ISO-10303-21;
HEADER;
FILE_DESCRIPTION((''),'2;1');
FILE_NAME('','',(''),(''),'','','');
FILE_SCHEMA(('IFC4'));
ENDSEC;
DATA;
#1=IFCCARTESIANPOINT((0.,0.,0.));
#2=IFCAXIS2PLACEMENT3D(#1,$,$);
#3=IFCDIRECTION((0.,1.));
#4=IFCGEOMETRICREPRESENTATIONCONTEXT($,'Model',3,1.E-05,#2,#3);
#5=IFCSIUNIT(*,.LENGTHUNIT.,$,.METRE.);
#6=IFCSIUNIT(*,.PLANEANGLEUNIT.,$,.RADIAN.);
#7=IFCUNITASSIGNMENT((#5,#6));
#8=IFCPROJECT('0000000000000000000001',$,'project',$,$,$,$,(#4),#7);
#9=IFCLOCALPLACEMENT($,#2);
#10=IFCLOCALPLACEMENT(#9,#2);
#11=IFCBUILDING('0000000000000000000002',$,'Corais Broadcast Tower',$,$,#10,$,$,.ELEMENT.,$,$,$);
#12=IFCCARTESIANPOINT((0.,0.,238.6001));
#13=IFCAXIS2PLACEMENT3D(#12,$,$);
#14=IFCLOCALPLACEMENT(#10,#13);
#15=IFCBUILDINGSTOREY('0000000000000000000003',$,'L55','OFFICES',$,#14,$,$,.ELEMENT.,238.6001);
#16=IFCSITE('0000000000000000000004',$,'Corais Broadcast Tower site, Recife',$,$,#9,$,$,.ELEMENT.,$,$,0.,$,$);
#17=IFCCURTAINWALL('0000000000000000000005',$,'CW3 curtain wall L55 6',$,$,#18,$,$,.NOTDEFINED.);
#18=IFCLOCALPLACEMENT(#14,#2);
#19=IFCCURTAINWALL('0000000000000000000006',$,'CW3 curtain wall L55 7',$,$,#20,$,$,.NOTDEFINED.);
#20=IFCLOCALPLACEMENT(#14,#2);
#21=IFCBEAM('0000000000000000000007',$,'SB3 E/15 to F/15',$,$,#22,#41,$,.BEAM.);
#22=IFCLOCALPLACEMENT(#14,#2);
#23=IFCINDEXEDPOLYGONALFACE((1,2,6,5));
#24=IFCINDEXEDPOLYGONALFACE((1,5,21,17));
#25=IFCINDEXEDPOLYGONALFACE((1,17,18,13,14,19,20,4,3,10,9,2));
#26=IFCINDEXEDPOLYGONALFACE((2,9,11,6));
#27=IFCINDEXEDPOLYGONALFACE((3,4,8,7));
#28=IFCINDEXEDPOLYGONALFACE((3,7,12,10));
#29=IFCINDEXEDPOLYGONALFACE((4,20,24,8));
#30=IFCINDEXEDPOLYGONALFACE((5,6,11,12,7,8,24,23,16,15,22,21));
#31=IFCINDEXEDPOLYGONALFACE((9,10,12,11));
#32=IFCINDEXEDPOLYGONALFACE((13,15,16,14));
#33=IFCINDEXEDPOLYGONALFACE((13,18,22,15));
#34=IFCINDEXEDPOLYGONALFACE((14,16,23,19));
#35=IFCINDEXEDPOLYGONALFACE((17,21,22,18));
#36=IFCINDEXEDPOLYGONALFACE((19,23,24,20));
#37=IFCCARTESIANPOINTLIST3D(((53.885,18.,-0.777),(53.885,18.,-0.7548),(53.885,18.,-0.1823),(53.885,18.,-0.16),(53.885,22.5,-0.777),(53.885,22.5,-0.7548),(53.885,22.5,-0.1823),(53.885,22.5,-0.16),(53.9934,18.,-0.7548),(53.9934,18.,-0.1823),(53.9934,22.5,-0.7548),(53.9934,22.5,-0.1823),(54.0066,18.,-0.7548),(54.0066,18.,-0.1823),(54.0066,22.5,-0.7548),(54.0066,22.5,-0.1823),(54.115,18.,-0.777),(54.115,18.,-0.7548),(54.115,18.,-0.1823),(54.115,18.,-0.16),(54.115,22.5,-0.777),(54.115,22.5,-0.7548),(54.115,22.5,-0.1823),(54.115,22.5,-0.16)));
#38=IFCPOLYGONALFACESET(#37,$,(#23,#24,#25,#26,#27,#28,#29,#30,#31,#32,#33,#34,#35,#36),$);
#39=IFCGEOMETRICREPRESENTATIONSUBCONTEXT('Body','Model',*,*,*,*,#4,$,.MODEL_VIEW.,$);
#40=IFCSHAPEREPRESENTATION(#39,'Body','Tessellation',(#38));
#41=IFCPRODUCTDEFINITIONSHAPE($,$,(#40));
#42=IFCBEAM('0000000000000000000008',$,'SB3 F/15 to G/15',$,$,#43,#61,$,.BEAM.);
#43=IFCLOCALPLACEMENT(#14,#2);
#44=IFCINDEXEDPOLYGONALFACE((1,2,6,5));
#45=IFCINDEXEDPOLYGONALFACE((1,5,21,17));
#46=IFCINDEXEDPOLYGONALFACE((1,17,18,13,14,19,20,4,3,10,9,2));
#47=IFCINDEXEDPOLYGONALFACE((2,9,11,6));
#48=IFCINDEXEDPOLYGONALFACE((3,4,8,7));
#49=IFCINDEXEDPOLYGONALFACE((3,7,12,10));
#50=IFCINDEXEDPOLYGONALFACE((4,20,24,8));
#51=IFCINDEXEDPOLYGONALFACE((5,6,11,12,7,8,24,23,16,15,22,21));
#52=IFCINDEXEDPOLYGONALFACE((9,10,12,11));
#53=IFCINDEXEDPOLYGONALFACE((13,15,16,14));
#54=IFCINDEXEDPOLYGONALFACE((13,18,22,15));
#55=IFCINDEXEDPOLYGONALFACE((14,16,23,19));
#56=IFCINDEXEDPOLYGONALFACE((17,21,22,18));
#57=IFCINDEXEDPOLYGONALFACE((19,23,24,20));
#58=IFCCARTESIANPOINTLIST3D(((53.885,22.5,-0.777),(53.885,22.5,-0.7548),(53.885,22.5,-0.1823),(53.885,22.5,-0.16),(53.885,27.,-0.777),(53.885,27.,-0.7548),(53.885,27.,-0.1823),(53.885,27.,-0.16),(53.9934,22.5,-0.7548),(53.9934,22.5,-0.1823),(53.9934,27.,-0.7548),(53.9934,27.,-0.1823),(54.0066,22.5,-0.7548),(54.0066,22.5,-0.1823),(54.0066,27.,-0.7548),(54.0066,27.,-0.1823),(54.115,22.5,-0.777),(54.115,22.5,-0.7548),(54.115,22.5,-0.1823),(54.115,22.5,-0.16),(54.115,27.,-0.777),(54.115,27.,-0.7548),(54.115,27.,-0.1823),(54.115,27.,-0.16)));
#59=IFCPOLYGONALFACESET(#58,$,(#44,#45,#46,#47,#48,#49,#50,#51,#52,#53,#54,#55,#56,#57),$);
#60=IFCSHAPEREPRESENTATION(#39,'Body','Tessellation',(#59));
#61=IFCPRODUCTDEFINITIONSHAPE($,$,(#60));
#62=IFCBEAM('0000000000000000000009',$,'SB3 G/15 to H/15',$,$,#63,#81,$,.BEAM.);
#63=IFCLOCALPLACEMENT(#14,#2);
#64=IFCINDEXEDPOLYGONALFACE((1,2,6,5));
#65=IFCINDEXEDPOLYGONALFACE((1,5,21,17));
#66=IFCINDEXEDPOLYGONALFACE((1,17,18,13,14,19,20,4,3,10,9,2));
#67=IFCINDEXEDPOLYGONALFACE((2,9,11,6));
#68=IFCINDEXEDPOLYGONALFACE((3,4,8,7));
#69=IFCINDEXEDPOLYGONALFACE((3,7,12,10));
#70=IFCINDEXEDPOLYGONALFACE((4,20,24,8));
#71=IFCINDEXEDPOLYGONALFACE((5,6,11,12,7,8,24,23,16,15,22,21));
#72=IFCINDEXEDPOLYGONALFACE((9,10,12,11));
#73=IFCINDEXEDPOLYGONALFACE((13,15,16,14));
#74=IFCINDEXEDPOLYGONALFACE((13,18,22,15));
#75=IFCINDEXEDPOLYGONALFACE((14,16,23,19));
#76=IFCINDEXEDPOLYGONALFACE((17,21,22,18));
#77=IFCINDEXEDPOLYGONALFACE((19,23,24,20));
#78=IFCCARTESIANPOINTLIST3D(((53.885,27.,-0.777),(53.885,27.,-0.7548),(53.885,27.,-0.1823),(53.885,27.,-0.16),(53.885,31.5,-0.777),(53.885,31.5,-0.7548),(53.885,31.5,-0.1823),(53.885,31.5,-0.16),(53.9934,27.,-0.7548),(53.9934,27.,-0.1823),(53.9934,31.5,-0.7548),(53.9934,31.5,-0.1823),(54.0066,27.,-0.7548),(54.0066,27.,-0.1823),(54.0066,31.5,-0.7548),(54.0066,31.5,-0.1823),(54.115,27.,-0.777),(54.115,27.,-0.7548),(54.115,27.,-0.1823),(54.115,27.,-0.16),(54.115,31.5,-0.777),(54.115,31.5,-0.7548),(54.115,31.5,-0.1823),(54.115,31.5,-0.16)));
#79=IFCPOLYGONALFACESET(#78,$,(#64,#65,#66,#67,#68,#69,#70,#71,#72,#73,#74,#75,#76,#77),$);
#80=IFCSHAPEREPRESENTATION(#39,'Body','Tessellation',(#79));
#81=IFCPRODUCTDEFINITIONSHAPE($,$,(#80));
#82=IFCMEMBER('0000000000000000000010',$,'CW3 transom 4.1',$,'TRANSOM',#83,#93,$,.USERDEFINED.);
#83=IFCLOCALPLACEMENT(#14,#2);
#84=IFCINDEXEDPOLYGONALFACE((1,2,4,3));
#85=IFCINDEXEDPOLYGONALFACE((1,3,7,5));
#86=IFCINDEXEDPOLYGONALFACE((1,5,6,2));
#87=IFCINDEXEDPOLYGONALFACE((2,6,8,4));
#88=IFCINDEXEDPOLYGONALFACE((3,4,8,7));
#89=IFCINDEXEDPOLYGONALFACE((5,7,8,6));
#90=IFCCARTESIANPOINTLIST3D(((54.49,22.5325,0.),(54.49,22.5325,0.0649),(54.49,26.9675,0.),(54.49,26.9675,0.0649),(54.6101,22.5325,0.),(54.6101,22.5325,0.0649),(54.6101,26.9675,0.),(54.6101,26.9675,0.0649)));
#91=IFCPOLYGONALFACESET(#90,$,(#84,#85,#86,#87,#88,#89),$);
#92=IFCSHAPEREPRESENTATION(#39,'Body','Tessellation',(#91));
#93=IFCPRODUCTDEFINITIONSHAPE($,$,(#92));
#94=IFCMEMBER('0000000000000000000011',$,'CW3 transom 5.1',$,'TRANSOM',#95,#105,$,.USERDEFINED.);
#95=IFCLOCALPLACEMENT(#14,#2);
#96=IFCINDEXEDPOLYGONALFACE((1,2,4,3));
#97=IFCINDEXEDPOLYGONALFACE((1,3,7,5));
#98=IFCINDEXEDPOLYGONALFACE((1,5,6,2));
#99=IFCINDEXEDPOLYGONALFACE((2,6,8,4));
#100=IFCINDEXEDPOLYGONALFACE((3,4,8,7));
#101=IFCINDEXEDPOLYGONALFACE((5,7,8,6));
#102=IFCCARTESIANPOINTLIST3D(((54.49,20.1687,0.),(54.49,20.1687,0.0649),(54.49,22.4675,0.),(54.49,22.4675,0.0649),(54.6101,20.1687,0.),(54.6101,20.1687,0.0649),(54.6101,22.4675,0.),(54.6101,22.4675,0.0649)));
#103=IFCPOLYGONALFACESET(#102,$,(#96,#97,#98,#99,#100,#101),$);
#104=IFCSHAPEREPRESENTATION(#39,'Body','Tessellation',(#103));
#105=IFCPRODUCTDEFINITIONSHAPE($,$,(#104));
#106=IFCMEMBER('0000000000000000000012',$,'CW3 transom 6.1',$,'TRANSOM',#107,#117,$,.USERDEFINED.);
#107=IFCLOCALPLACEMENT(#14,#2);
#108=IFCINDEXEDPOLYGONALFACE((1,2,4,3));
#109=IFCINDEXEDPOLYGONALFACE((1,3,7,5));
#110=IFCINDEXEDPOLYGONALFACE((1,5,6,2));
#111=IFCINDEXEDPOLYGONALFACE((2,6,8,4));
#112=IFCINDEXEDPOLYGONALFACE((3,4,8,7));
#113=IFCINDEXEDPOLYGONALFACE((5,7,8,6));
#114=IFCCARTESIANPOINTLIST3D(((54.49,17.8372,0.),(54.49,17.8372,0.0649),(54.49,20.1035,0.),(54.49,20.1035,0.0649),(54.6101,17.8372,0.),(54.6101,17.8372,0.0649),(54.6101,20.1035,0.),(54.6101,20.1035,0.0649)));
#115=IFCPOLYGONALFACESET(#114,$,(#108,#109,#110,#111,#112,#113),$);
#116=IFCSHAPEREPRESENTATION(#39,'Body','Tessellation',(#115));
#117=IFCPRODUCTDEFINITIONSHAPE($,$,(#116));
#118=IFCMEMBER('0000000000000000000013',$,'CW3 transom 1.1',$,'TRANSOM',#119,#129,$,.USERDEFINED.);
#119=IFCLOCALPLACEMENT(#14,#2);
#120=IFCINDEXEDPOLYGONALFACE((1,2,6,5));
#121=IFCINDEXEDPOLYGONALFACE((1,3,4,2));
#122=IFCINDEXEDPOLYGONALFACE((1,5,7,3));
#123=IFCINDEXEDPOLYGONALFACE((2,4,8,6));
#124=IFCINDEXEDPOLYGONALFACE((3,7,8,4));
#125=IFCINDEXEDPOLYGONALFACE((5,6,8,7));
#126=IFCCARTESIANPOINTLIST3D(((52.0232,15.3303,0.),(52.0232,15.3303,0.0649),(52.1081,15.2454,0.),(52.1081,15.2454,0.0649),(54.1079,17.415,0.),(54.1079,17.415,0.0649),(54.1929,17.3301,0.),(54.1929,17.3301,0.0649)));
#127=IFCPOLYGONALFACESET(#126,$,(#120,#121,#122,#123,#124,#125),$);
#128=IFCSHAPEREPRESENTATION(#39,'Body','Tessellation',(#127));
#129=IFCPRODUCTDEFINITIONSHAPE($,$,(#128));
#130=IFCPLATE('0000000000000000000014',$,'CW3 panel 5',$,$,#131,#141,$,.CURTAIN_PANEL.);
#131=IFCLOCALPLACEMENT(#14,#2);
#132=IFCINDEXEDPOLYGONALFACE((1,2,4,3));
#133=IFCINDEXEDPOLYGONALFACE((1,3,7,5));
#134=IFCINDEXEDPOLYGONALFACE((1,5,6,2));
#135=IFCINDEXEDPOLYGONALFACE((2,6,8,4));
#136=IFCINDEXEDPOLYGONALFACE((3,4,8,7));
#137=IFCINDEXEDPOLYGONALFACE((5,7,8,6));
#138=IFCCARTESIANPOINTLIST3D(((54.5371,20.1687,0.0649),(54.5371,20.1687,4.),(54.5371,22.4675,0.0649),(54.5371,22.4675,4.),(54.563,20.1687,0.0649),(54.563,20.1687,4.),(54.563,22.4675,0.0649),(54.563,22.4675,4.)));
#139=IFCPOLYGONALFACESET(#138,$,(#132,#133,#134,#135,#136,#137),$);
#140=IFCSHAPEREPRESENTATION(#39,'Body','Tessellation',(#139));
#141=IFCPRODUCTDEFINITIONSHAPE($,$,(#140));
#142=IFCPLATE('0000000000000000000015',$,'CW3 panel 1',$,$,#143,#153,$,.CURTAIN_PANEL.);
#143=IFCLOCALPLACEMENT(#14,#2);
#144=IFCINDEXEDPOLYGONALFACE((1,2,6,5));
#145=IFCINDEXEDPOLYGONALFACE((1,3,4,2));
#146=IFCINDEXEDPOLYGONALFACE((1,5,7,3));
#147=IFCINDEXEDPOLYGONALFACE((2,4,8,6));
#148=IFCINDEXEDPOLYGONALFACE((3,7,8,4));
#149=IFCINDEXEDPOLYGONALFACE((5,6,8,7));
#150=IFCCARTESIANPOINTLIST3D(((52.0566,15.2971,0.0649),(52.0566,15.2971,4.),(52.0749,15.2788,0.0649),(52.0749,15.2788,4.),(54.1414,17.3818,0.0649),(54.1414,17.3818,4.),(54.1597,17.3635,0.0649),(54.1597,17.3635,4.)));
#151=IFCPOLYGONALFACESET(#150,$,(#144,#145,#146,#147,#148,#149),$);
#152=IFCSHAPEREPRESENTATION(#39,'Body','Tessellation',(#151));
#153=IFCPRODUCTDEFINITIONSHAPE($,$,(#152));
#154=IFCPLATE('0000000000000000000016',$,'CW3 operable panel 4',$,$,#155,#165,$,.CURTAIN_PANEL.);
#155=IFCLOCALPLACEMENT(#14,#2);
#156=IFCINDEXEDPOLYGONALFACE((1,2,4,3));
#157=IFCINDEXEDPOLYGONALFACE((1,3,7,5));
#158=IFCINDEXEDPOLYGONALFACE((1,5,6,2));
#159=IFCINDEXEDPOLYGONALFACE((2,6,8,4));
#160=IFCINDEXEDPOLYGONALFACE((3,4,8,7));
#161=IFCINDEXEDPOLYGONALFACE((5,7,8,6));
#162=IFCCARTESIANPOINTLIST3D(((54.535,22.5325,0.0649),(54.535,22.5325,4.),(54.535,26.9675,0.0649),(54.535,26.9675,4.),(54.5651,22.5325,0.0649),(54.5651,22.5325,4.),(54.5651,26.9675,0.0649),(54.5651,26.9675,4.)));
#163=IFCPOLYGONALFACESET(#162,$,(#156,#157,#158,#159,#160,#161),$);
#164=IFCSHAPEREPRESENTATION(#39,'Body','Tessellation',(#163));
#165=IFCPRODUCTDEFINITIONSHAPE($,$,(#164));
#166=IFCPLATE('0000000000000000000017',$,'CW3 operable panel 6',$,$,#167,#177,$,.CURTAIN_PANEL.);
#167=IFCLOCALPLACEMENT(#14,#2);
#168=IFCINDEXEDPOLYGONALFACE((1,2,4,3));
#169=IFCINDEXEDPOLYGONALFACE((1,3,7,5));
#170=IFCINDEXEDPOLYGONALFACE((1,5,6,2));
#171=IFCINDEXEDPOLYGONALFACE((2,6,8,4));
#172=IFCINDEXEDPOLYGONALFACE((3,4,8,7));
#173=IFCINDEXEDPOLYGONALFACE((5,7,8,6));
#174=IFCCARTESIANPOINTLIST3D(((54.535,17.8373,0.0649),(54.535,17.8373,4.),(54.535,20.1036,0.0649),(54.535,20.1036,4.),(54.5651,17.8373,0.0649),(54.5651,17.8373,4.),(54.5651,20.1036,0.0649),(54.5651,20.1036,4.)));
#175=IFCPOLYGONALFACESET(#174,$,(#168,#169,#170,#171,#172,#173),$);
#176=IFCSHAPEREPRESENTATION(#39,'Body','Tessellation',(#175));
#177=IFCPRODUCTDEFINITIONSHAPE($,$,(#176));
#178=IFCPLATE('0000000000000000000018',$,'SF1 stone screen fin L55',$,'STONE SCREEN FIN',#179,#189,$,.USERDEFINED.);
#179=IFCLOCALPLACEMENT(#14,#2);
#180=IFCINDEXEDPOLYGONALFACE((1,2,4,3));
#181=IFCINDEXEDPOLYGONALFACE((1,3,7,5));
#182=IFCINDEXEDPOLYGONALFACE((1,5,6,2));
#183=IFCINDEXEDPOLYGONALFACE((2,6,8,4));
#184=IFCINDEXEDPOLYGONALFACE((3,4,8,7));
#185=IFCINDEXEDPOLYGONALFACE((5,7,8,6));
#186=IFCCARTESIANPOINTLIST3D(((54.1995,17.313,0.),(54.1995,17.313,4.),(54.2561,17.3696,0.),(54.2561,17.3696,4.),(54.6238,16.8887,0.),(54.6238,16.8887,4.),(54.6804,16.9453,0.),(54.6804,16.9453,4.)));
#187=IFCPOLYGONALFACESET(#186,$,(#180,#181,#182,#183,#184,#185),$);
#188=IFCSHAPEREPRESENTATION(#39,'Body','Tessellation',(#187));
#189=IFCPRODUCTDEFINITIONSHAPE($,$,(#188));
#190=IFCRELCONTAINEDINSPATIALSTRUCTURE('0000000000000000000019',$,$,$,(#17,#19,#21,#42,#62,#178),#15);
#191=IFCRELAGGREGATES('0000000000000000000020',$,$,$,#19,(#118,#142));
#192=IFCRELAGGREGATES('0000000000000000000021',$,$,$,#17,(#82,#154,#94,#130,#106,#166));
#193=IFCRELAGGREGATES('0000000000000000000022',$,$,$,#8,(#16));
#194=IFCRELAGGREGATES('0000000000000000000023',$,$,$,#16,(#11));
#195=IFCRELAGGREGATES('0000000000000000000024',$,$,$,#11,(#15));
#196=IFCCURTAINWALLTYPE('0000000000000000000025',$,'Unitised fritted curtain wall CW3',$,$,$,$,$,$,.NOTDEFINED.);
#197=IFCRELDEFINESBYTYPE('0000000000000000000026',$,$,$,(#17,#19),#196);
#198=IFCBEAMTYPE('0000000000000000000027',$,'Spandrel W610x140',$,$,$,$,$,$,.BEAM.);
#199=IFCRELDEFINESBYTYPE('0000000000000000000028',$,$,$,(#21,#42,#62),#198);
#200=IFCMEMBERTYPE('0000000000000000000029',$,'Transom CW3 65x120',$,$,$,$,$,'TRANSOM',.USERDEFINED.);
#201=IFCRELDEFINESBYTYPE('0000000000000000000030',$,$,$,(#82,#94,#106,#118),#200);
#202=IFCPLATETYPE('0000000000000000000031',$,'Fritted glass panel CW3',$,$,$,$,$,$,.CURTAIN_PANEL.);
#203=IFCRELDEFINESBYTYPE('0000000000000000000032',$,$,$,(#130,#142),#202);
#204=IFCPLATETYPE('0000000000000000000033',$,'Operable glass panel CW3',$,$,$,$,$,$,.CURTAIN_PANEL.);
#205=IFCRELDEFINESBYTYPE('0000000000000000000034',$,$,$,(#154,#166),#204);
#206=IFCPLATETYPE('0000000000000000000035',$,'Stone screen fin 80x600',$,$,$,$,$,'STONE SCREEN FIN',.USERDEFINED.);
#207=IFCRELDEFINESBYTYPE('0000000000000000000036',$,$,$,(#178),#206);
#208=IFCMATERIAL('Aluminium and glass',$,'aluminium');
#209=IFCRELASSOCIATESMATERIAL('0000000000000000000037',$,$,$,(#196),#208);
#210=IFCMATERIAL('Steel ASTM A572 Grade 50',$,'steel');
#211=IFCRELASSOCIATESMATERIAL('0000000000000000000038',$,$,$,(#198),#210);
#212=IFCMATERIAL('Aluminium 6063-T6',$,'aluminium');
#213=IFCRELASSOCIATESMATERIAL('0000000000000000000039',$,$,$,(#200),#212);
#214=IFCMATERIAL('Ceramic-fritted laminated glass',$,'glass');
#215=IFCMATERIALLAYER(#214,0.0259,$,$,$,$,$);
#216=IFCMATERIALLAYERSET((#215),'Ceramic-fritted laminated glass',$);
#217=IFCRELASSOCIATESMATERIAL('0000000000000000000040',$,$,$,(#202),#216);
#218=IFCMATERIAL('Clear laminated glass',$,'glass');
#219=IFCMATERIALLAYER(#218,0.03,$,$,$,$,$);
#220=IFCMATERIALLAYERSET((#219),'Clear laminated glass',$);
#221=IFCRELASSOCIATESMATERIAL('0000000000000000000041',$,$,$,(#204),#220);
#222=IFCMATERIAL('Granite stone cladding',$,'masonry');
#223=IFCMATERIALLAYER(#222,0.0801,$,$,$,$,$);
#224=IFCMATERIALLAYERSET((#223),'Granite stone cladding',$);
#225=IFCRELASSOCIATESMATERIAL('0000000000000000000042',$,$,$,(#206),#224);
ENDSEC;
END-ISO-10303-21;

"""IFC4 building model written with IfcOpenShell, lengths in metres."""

from ifc_helpers import new_model, si_unit, direction, frame, origin, origin_2d, place, context, subcontext, project, spatial, rectangle, i_section, extrude, material, layer, layer_set, material_profile, profile_set, type_object, element, aggregate, save


model = new_model("IFC4")

# Units and contexts
model_context = context("Model", 3, precision=1e-05, world=origin(), true_north=direction((0.0, 1.0)))
body_context = subcontext(model_context, "Body", "Model", "MODEL_VIEW")
ifc_project = project(units=[si_unit("LENGTHUNIT", "METRE"), si_unit("PLANEANGLEUNIT", "RADIAN")], contexts=[model_context])

# Site, building, storey
site_placement = place(None, origin())
site = spatial("IfcSite", under=ifc_project, at=site_placement, Name="Corais Broadcast Tower site, Recife", CompositionType="ELEMENT", RefElevation=0.0)
building_placement = place(site_placement, origin())
building = spatial("IfcBuilding", under=site, at=building_placement, Name="Corais Broadcast Tower", CompositionType="ELEMENT")
storey_placement = place(building_placement, frame((0.0, 0.0, 238.6001)))
storey = spatial("IfcBuildingStorey", under=building, at=storey_placement, Name="L55", Description="OFFICES", CompositionType="ELEMENT", Elevation=238.6001)

# Curtain walls
ifc_material_1 = material(Name="Aluminium and glass", Category="aluminium")
curtain_wall_type = type_object("IfcCurtainWallType", Name="Unitised fritted curtain wall CW3", PredefinedType="NOTDEFINED", material=ifc_material_1)
curtain_wall_1_placement = place(storey_placement, origin())
curtain_wall_1 = element("IfcCurtainWall", 1, at=curtain_wall_1_placement, inside=storey, type_object=curtain_wall_type, Name="CW3 curtain wall L55 6", PredefinedType="NOTDEFINED")
curtain_wall_2_placement = place(storey_placement, origin())
curtain_wall_2 = element("IfcCurtainWall", 2, at=curtain_wall_2_placement, inside=storey, type_object=curtain_wall_type, Name="CW3 curtain wall L55 7", PredefinedType="NOTDEFINED")

# Beams
ifc_material_2 = material(Name="Steel ASTM A572 Grade 50", Category="steel")
ifc_material_profile_1 = material_profile(ifc_material_2, i_section(OverallWidth=0.23, OverallDepth=0.6169, WebThickness=0.0132, FlangeThickness=0.0222, at=origin_2d()), Name="W610x140")
ifc_profile_set_1 = profile_set([ifc_material_profile_1], Name="Steel ASTM A572 Grade 50")
beam_type_1 = type_object("IfcBeamType", Name="Spandrel W610x140", PredefinedType="BEAM", material=ifc_profile_set_1)
for number, where, z_axis, x_axis, name in (
    (3, (54.0, 18.0, -0.4685), (0.0, 1.0, 0.0), (-1.0, 0.0, 0.0), "SB3 E/15 to F/15"),
    (4, (54.0, 22.5, -0.4685), (0.0, 1.0, 0.0), (-1.0, 0.0, 0.0), "SB3 F/15 to G/15"),
    (5, (54.0, 27.0, -0.4685), (0.0, 1.0, 0.0), (-1.0, 0.0, 0.0), "SB3 G/15 to H/15"),
):
    element("IfcBeam", number, at=place(storey_placement, frame(where, z_axis=z_axis, x_axis=x_axis)), inside=storey, type_object=beam_type_1, Name=name, PredefinedType="BEAM", context=body_context, shape_type="SweptSolid", body=[
        extrude(i_section(OverallWidth=0.23, OverallDepth=0.6169, WebThickness=0.0132, FlangeThickness=0.0222, at=origin_2d()), origin(), (0.0, 0.0, 1.0), 4.5),
    ])

# Members
ifc_material_3 = material(Name="Aluminium 6063-T6", Category="aluminium")
ifc_material_profile_2 = material_profile(ifc_material_3, rectangle(XDim=0.1201, YDim=0.0649, at=origin_2d()), Name="Transom CW3 65x120")
ifc_profile_set_2 = profile_set([ifc_material_profile_2], Name="Aluminium 6063-T6")
member_type_1 = type_object("IfcMemberType", Name="Transom CW3 65x120", ElementType="TRANSOM", PredefinedType="USERDEFINED", material=ifc_profile_set_2)
member_1_placement = place(storey_placement, frame((54.55, 26.9675, 0.0325), z_axis=(0.0, -1.0, 0.0), x_axis=(1.0, 0.0, 0.0)))
member_1 = element("IfcMember", 6, at=member_1_placement, type_object=member_type_1, Name="CW3 transom 4.1", ObjectType="TRANSOM", PredefinedType="USERDEFINED", context=body_context, shape_type="SweptSolid", body=[
    extrude(rectangle(XDim=0.1201, YDim=0.0649, at=origin_2d()), origin(), (0.0, 0.0, 1.0), 4.4351),
])
member_2_placement = place(storey_placement, frame((54.55, 22.4675, 0.0325), z_axis=(0.0, -1.0, 0.0), x_axis=(1.0, 0.0, 0.0)))
member_2 = element("IfcMember", 7, at=member_2_placement, type_object=member_type_1, Name="CW3 transom 5.1", ObjectType="TRANSOM", PredefinedType="USERDEFINED", context=body_context, shape_type="SweptSolid", body=[
    extrude(rectangle(XDim=0.1201, YDim=0.0649, at=origin_2d()), origin(), (0.0, 0.0, 1.0), 2.2988),
])
member_3_placement = place(storey_placement, frame((54.55, 20.1035, 0.0325), z_axis=(0.0, -1.0, 0.0), x_axis=(1.0, 0.0, 0.0)))
member_3 = element("IfcMember", 8, at=member_3_placement, type_object=member_type_1, Name="CW3 transom 6.1", ObjectType="TRANSOM", PredefinedType="USERDEFINED", context=body_context, shape_type="SweptSolid", body=[
    extrude(rectangle(XDim=0.1201, YDim=0.0649, at=origin_2d()), origin(), (0.0, 0.0, 1.0), 2.2664),
])
member_4_placement = place(storey_placement, frame((54.1504, 17.3726, 0.0325), z_axis=(-0.707107, -0.707107, 0.0), x_axis=(0.707107, -0.707107, 0.0)))
member_4 = element("IfcMember", 9, at=member_4_placement, type_object=member_type_1, Name="CW3 transom 1.1", ObjectType="TRANSOM", PredefinedType="USERDEFINED", context=body_context, shape_type="SweptSolid", body=[
    extrude(rectangle(XDim=0.1201, YDim=0.0649, at=origin_2d()), origin(), (0.0, 0.0, 1.0), 2.9482),
])

# Plates
ifc_material_4 = material(Name="Ceramic-fritted laminated glass", Category="glass")
ifc_layer_1 = layer(ifc_material_4, 0.0259)
ifc_layer_set_1 = layer_set([ifc_layer_1], Name="Ceramic-fritted laminated glass")
plate_type_1 = type_object("IfcPlateType", Name="Fritted glass panel CW3", PredefinedType="CURTAIN_PANEL", material=ifc_layer_set_1)
plate_1_placement = place(storey_placement, frame((54.55, 21.3181, 0.0649), z_axis=(0.0, 0.0, 1.0), x_axis=(0.0, -1.0, 0.0)))
plate_1 = element("IfcPlate", 10, at=plate_1_placement, type_object=plate_type_1, Name="CW3 panel 5", PredefinedType="CURTAIN_PANEL", context=body_context, shape_type="SweptSolid", body=[
    extrude(rectangle(XDim=2.2988, YDim=0.0259, at=origin_2d()), origin(), (0.0, 0.0, 1.0), 3.9351),
])
plate_2_placement = place(storey_placement, frame((53.1082, 16.3303, 0.0649), z_axis=(0.0, 0.0, 1.0), x_axis=(-0.707107, -0.707107, 0.0)))
plate_2 = element("IfcPlate", 11, at=plate_2_placement, type_object=plate_type_1, Name="CW3 panel 1", PredefinedType="CURTAIN_PANEL", context=body_context, shape_type="SweptSolid", body=[
    extrude(rectangle(XDim=2.9482, YDim=0.0259, at=origin_2d()), origin(), (0.0, 0.0, 1.0), 3.9351),
])
aggregate(curtain_wall_2, [member_4, plate_2])
ifc_material_5 = material(Name="Clear laminated glass", Category="glass")
ifc_layer_2 = layer(ifc_material_5, 0.03)
ifc_layer_set_2 = layer_set([ifc_layer_2], Name="Clear laminated glass")
plate_type_2 = type_object("IfcPlateType", Name="Operable glass panel CW3", PredefinedType="CURTAIN_PANEL", material=ifc_layer_set_2)
plate_3_placement = place(storey_placement, frame((54.55, 24.75, 0.0649), z_axis=(0.0, 0.0, 1.0), x_axis=(0.0, -1.0, 0.0)))
plate_3 = element("IfcPlate", 12, at=plate_3_placement, type_object=plate_type_2, Name="CW3 operable panel 4", PredefinedType="CURTAIN_PANEL", context=body_context, shape_type="SweptSolid", body=[
    extrude(rectangle(XDim=4.4351, YDim=0.03, at=origin_2d()), origin(), (0.0, 0.0, 1.0), 3.9351),
])
plate_4_placement = place(storey_placement, frame((54.55, 18.9705, 0.0649), z_axis=(0.0, 0.0, 1.0), x_axis=(0.0, -1.0, 0.0)))
plate_4 = element("IfcPlate", 13, at=plate_4_placement, type_object=plate_type_2, Name="CW3 operable panel 6", PredefinedType="CURTAIN_PANEL", context=body_context, shape_type="SweptSolid", body=[
    extrude(rectangle(XDim=2.2664, YDim=0.03, at=origin_2d()), origin(), (0.0, 0.0, 1.0), 3.9351),
])
aggregate(curtain_wall_1, [member_1, plate_3, member_2, plate_1, member_3, plate_4])
ifc_material_6 = material(Name="Granite stone cladding", Category="masonry")
ifc_layer_3 = layer(ifc_material_6, 0.0801)
ifc_layer_set_3 = layer_set([ifc_layer_3], Name="Granite stone cladding")
plate_type_3 = type_object("IfcPlateType", Name="Stone screen fin 80x600", ElementType="STONE SCREEN FIN", PredefinedType="USERDEFINED", material=ifc_layer_set_3)
plate_5_placement = place(storey_placement, frame((54.4399, 17.1292, 0.0), z_axis=(0.0, 0.0, 1.0), x_axis=(-0.707107, -0.707107, 0.0)))
element("IfcPlate", 14, at=plate_5_placement, inside=storey, type_object=plate_type_3, Name="SF1 stone screen fin L55", ObjectType="STONE SCREEN FIN", PredefinedType="USERDEFINED", context=body_context, shape_type="SweptSolid", body=[
    extrude(rectangle(XDim=0.0801, YDim=0.6001, at=origin_2d()), origin(), (0.0, 0.0, 1.0), 4.0),
])

save(model, "model.ifc")
